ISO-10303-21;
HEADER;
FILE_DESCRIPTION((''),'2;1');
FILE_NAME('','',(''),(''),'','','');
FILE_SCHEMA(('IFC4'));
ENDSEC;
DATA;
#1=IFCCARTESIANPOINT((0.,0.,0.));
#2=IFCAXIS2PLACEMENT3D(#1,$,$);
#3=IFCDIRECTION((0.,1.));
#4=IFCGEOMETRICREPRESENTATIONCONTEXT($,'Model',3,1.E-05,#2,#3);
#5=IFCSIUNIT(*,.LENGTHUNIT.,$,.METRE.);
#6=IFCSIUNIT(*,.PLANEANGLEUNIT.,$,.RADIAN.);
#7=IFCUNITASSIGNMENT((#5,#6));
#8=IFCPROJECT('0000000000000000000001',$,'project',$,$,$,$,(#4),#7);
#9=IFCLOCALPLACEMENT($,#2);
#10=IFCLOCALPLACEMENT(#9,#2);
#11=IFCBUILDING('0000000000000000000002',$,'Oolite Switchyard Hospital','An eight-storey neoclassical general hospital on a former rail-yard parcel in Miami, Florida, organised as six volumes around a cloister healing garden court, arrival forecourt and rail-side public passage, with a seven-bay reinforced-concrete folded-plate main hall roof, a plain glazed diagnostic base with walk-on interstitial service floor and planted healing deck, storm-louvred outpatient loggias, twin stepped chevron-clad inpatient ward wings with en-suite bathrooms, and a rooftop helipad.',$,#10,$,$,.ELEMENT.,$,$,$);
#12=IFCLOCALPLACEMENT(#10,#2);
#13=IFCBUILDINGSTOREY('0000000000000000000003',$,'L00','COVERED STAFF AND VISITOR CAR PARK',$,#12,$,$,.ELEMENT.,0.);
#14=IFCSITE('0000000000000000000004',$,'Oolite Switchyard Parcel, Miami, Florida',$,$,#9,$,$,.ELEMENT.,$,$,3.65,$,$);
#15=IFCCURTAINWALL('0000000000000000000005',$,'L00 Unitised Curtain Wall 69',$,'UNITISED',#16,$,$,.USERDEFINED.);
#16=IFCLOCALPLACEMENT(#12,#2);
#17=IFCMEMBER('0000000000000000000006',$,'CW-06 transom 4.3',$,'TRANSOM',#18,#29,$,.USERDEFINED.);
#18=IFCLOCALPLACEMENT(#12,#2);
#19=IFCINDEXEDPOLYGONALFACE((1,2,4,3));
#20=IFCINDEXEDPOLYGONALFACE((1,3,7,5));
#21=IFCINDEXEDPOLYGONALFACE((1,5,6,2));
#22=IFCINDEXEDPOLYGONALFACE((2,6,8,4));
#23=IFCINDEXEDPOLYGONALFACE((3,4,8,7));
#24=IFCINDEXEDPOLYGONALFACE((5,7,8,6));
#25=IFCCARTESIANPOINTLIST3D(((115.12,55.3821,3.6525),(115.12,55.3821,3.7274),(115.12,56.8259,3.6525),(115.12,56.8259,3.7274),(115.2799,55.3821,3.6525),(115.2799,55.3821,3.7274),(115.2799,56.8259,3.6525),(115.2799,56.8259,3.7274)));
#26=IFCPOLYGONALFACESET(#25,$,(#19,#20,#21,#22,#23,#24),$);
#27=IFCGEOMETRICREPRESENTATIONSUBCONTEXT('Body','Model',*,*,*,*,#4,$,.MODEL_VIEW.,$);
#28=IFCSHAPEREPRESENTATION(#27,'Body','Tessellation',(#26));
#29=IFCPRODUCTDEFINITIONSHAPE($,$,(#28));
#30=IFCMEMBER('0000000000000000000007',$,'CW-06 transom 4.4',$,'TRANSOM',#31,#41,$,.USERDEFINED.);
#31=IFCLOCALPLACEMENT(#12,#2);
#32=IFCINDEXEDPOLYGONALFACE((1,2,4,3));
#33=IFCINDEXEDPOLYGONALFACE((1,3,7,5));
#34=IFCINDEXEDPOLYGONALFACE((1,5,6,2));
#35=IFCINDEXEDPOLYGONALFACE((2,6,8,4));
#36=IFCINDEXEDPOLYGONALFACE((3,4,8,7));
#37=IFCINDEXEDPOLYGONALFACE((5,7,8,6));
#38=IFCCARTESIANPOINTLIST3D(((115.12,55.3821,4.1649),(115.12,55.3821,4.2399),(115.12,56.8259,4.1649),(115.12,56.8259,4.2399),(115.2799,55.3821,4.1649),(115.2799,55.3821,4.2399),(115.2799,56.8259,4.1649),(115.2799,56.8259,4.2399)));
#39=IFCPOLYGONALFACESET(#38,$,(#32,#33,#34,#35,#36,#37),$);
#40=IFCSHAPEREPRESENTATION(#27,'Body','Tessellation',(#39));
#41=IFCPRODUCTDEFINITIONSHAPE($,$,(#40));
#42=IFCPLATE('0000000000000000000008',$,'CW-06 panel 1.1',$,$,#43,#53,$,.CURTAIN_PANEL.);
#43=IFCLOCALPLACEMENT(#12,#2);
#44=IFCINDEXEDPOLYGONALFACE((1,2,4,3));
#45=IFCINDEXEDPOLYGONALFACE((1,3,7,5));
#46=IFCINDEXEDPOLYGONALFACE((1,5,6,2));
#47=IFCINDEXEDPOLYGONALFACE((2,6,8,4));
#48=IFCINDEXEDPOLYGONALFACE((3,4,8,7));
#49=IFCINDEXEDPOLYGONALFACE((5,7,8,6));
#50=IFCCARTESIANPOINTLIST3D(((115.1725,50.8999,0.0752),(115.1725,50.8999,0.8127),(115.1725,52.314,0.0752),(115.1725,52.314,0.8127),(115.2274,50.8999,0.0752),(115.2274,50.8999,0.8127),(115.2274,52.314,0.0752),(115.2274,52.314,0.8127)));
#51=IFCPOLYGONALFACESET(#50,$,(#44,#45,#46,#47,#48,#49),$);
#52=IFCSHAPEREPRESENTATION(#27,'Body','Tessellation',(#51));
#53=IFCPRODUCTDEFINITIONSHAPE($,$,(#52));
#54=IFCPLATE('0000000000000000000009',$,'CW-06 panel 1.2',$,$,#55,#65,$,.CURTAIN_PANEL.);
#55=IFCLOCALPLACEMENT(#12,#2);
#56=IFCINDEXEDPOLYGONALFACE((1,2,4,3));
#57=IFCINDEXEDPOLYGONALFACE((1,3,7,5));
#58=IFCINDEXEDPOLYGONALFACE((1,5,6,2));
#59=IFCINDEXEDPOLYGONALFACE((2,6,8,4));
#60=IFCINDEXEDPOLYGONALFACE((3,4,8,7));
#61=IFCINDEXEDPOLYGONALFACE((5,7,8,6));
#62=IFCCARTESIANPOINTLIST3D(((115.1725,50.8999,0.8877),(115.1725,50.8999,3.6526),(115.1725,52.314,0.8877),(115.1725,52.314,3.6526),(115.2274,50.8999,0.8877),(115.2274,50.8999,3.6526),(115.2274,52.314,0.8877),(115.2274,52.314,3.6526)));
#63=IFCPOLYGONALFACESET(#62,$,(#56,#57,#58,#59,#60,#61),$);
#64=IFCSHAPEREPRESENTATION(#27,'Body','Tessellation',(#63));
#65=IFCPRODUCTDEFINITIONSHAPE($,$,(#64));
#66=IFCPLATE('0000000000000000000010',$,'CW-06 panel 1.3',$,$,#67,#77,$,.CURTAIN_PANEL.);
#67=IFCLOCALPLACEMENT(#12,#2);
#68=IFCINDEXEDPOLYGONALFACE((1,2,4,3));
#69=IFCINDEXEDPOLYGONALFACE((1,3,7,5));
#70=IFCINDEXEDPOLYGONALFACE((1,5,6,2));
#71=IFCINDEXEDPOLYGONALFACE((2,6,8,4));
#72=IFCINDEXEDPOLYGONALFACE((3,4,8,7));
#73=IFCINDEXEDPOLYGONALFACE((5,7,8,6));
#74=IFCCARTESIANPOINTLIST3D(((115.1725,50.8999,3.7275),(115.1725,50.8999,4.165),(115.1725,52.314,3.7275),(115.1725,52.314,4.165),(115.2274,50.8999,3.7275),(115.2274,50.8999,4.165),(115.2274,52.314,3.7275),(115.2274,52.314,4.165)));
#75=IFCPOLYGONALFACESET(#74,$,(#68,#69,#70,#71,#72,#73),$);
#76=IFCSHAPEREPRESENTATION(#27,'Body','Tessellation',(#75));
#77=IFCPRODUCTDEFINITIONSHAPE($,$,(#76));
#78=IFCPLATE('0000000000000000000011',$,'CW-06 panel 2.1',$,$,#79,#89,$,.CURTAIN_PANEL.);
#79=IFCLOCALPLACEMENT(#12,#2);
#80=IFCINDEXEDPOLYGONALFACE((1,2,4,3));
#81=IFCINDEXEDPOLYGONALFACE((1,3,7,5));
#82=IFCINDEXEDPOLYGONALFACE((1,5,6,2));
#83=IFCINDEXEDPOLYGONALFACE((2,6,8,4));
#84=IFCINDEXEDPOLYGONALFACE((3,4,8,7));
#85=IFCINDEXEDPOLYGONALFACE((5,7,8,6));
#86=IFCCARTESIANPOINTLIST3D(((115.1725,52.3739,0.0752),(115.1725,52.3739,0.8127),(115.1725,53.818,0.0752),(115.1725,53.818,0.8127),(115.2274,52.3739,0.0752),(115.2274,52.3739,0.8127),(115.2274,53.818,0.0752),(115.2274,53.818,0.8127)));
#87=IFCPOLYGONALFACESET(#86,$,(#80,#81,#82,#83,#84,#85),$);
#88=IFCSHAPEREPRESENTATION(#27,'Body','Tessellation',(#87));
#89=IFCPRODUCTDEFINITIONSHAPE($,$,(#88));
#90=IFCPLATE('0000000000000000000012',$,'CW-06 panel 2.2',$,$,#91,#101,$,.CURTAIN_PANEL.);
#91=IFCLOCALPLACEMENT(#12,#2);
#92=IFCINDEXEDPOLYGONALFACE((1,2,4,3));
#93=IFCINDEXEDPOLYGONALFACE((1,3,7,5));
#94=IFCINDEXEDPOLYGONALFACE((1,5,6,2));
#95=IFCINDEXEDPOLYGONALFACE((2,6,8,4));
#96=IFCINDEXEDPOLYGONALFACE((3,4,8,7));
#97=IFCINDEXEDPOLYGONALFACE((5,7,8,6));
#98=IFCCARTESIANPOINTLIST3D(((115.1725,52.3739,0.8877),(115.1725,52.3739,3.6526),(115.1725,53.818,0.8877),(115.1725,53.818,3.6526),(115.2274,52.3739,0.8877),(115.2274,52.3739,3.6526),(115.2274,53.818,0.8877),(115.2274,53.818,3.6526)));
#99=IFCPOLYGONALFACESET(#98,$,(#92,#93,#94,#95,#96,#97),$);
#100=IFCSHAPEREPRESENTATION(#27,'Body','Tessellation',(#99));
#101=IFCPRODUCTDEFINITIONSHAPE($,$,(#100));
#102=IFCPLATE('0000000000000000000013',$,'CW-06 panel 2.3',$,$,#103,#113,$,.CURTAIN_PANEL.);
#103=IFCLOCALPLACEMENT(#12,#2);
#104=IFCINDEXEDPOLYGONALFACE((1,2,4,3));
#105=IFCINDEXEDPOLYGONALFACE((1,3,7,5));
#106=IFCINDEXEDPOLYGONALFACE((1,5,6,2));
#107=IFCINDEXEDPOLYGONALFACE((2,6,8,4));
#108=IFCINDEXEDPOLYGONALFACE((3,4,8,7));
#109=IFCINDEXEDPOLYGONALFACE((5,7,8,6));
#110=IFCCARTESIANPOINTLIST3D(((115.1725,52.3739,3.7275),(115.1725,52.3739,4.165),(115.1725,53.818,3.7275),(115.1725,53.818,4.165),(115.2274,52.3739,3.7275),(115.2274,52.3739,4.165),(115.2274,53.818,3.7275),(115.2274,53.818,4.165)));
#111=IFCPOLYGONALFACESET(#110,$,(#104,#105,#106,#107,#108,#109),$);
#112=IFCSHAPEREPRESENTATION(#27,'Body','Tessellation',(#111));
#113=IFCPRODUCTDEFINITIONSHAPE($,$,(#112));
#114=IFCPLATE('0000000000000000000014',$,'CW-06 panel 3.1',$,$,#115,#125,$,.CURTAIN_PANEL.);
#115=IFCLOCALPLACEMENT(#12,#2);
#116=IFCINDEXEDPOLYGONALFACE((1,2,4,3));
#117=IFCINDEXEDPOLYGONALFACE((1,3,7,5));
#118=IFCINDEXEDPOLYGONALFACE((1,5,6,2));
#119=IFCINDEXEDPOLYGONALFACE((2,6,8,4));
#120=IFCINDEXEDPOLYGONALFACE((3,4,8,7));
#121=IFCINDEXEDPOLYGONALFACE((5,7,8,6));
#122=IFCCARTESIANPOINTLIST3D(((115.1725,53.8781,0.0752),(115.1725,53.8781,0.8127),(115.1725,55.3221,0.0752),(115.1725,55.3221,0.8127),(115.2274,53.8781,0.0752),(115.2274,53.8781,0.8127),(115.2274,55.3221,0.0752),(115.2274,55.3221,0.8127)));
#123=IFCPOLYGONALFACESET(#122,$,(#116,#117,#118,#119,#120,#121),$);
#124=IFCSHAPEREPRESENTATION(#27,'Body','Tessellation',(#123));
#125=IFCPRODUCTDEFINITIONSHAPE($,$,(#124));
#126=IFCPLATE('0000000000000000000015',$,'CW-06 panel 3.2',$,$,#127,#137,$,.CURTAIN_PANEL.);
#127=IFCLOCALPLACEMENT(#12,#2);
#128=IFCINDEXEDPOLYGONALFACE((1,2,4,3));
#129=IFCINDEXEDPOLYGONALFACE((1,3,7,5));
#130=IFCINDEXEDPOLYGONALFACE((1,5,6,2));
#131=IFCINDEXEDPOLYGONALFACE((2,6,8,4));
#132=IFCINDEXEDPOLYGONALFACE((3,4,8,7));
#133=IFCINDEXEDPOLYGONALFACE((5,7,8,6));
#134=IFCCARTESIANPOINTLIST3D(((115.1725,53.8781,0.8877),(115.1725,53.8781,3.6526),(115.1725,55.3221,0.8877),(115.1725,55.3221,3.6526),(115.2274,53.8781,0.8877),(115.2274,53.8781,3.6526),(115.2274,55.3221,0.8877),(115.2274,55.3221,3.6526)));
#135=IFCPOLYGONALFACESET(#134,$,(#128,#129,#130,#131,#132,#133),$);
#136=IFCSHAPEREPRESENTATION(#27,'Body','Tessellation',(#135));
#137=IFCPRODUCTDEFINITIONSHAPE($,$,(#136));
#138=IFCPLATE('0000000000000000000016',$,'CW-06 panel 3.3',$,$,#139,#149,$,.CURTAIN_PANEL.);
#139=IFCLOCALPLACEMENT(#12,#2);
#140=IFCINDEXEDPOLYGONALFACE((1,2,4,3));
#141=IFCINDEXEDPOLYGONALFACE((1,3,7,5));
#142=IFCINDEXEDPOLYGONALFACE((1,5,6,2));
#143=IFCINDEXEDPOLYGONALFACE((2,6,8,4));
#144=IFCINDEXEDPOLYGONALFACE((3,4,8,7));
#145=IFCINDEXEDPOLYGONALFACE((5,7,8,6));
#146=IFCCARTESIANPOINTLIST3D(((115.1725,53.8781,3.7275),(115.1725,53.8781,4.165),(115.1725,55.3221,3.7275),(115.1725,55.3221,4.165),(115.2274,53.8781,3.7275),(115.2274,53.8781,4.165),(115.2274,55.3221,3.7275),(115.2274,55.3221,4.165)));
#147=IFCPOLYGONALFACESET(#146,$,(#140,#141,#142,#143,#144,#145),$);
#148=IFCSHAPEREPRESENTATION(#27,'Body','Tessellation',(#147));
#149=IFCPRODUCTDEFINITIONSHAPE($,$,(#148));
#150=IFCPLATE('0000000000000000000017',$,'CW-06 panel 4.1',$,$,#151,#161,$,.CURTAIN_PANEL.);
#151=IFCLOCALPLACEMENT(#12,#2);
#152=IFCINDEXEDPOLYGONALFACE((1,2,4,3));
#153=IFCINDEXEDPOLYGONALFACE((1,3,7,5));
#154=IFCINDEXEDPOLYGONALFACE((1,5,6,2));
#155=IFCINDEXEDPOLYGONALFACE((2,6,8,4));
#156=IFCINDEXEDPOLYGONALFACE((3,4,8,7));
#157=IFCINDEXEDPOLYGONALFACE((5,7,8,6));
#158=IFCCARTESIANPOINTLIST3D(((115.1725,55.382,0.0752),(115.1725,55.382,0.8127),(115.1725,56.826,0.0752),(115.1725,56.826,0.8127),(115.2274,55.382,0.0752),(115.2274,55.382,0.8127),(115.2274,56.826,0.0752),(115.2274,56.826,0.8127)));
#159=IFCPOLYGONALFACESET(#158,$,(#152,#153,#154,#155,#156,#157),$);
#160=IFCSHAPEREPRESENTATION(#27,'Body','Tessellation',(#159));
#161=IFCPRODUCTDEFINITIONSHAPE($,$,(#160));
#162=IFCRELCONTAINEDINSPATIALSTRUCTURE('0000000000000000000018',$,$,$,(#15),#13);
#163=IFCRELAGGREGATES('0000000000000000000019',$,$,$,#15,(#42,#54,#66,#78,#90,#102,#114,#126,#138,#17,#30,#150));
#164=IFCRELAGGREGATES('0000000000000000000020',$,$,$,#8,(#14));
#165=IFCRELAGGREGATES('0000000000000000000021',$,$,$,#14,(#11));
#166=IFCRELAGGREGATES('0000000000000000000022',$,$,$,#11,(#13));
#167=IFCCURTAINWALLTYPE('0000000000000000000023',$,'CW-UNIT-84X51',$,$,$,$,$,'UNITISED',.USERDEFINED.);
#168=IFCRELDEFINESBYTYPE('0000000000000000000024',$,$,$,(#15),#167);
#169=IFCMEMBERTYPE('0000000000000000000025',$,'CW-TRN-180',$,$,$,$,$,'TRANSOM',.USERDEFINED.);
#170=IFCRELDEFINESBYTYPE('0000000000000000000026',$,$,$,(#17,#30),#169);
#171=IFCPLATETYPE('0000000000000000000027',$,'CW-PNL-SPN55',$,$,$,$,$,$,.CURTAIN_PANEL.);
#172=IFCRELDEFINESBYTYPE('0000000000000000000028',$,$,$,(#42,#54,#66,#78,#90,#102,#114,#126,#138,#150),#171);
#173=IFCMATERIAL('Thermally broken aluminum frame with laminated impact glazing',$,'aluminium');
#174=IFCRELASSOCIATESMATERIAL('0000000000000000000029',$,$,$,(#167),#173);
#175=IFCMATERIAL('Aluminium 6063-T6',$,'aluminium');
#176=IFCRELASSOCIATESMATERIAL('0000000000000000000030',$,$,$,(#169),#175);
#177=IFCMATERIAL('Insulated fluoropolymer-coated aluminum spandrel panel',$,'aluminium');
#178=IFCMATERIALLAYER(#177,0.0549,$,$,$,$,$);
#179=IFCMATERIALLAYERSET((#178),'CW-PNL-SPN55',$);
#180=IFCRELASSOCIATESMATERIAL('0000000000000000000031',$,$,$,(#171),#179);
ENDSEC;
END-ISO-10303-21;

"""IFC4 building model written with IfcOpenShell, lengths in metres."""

from ifc_helpers import new_model, si_unit, direction, frame, origin, origin_2d, place, context, subcontext, project, spatial, rectangle, extrude, material, layer, layer_set, material_profile, profile_set, type_object, element, aggregate, save


model = new_model("IFC4")

# Units and contexts
model_context = context("Model", 3, precision=1e-05, world=origin(), true_north=direction((0.0, 1.0)))
body_context = subcontext(model_context, "Body", "Model", "MODEL_VIEW")
ifc_project = project(units=[si_unit("LENGTHUNIT", "METRE"), si_unit("PLANEANGLEUNIT", "RADIAN")], contexts=[model_context])

# Site, building, storey
site_placement = place(None, origin())
site = spatial("IfcSite", under=ifc_project, at=site_placement, Name="Oolite Switchyard Parcel, Miami, Florida", CompositionType="ELEMENT", RefElevation=3.65)
building_placement = place(site_placement, origin())
building = spatial("IfcBuilding", under=site, at=building_placement, Name="Oolite Switchyard Hospital", Description="An eight-storey neoclassical general hospital on a former rail-yard parcel in Miami, Florida, organised as six volumes around a cloister healing garden court, arrival forecourt and rail-side public passage, with a seven-bay reinforced-concrete folded-plate main hall roof, a plain glazed diagnostic base with walk-on interstitial service floor and planted healing deck, storm-louvred outpatient loggias, twin stepped chevron-clad inpatient ward wings with en-suite bathrooms, and a rooftop helipad.", CompositionType="ELEMENT")
storey_placement = place(building_placement, origin())
storey = spatial("IfcBuildingStorey", under=building, at=storey_placement, Name="L00", Description="COVERED STAFF AND VISITOR CAR PARK", CompositionType="ELEMENT", Elevation=0.0)

# Curtain wall, members, plates
ifc_material_1 = material(Name="Thermally broken aluminum frame with laminated impact glazing", Category="aluminium")
curtain_wall_type = type_object("IfcCurtainWallType", Name="CW-UNIT-84X51", ElementType="UNITISED", PredefinedType="USERDEFINED", material=ifc_material_1)
curtain_wall_placement = place(storey_placement, origin())
curtain_wall = element("IfcCurtainWall", 1, at=curtain_wall_placement, inside=storey, type_object=curtain_wall_type, Name="L00 Unitised Curtain Wall 69", ObjectType="UNITISED", PredefinedType="USERDEFINED")
ifc_material_2 = material(Name="Aluminium 6063-T6", Category="aluminium")
ifc_material_profile_1 = material_profile(ifc_material_2, rectangle(XDim=0.1599, YDim=0.075, at=origin_2d()), Name="CWT75X160")
ifc_profile_set_1 = profile_set([ifc_material_profile_1], Name="Aluminium 6063-T6")
member_type_1 = type_object("IfcMemberType", Name="CW-TRN-180", ElementType="TRANSOM", PredefinedType="USERDEFINED", material=ifc_profile_set_1)
member_1_placement = place(storey_placement, frame((115.2, 55.3821, 3.6899), z_axis=(0.0, 1.0, 0.0), x_axis=(-1.0, 0.0, 0.0)))
member_1 = element("IfcMember", 2, at=member_1_placement, type_object=member_type_1, Name="CW-06 transom 4.3", ObjectType="TRANSOM", PredefinedType="USERDEFINED", context=body_context, shape_type="SweptSolid", body=[
    extrude(rectangle(XDim=0.1599, YDim=0.075, at=origin_2d()), origin(), (0.0, 0.0, 1.0), 1.4438),
])
member_2_placement = place(storey_placement, frame((115.2, 55.3821, 4.2024), z_axis=(0.0, 1.0, 0.0), x_axis=(-1.0, 0.0, 0.0)))
member_2 = element("IfcMember", 3, at=member_2_placement, type_object=member_type_1, Name="CW-06 transom 4.4", ObjectType="TRANSOM", PredefinedType="USERDEFINED", context=body_context, shape_type="SweptSolid", body=[
    extrude(rectangle(XDim=0.1599, YDim=0.075, at=origin_2d()), origin(), (0.0, 0.0, 1.0), 1.4438),
])
ifc_material_3 = material(Name="Insulated fluoropolymer-coated aluminum spandrel panel", Category="aluminium")
ifc_layer = layer(ifc_material_3, 0.0549)
ifc_layer_set = layer_set([ifc_layer], Name="CW-PNL-SPN55")
plate_type = type_object("IfcPlateType", Name="CW-PNL-SPN55", PredefinedType="CURTAIN_PANEL", material=ifc_layer_set)
plate_1_placement = place(storey_placement, frame((115.2, 51.6069, 0.0752), z_axis=(0.0, 0.0, 1.0), x_axis=(0.0, 1.0, 0.0)))
plate_1 = element("IfcPlate", 4, at=plate_1_placement, type_object=plate_type, Name="CW-06 panel 1.1", PredefinedType="CURTAIN_PANEL", context=body_context, shape_type="SweptSolid", body=[
    extrude(rectangle(XDim=1.4141, YDim=0.0549, at=origin_2d()), origin(), (0.0, 0.0, 1.0), 0.7375),
])
plate_2_placement = place(storey_placement, frame((115.2, 51.6069, 0.8877), z_axis=(0.0, 0.0, 1.0), x_axis=(0.0, 1.0, 0.0)))
plate_2 = element("IfcPlate", 5, at=plate_2_placement, type_object=plate_type, Name="CW-06 panel 1.2", PredefinedType="CURTAIN_PANEL", context=body_context, shape_type="SweptSolid", body=[
    extrude(rectangle(XDim=1.4141, YDim=0.0549, at=origin_2d()), origin(), (0.0, 0.0, 1.0), 2.7649),
])
plate_3_placement = place(storey_placement, frame((115.2, 51.6069, 3.7275), z_axis=(0.0, 0.0, 1.0), x_axis=(0.0, 1.0, 0.0)))
plate_3 = element("IfcPlate", 6, at=plate_3_placement, type_object=plate_type, Name="CW-06 panel 1.3", PredefinedType="CURTAIN_PANEL", context=body_context, shape_type="SweptSolid", body=[
    extrude(rectangle(XDim=1.4141, YDim=0.0549, at=origin_2d()), origin(), (0.0, 0.0, 1.0), 0.4375),
])
plate_4_placement = place(storey_placement, frame((115.2, 53.0959, 0.0752), z_axis=(0.0, 0.0, 1.0), x_axis=(0.0, 1.0, 0.0)))
plate_4 = element("IfcPlate", 7, at=plate_4_placement, type_object=plate_type, Name="CW-06 panel 2.1", PredefinedType="CURTAIN_PANEL", context=body_context, shape_type="SweptSolid", body=[
    extrude(rectangle(XDim=1.4441, YDim=0.0549, at=origin_2d()), origin(), (0.0, 0.0, 1.0), 0.7375),
])
plate_5_placement = place(storey_placement, frame((115.2, 53.0959, 0.8877), z_axis=(0.0, 0.0, 1.0), x_axis=(0.0, 1.0, 0.0)))
plate_5 = element("IfcPlate", 8, at=plate_5_placement, type_object=plate_type, Name="CW-06 panel 2.2", PredefinedType="CURTAIN_PANEL", context=body_context, shape_type="SweptSolid", body=[
    extrude(rectangle(XDim=1.4441, YDim=0.0549, at=origin_2d()), origin(), (0.0, 0.0, 1.0), 2.7649),
])
plate_6_placement = place(storey_placement, frame((115.2, 53.0959, 3.7275), z_axis=(0.0, 0.0, 1.0), x_axis=(0.0, 1.0, 0.0)))
plate_6 = element("IfcPlate", 9, at=plate_6_placement, type_object=plate_type, Name="CW-06 panel 2.3", PredefinedType="CURTAIN_PANEL", context=body_context, shape_type="SweptSolid", body=[
    extrude(rectangle(XDim=1.4441, YDim=0.0549, at=origin_2d()), origin(), (0.0, 0.0, 1.0), 0.4375),
])
plate_7_placement = place(storey_placement, frame((115.2, 54.6001, 0.0752), z_axis=(0.0, 0.0, 1.0), x_axis=(0.0, 1.0, 0.0)))
plate_7 = element("IfcPlate", 10, at=plate_7_placement, type_object=plate_type, Name="CW-06 panel 3.1", PredefinedType="CURTAIN_PANEL", context=body_context, shape_type="SweptSolid", body=[
    extrude(rectangle(XDim=1.4441, YDim=0.0549, at=origin_2d()), origin(), (0.0, 0.0, 1.0), 0.7375),
])
plate_8_placement = place(storey_placement, frame((115.2, 54.6001, 0.8877), z_axis=(0.0, 0.0, 1.0), x_axis=(0.0, 1.0, 0.0)))
plate_8 = element("IfcPlate", 11, at=plate_8_placement, type_object=plate_type, Name="CW-06 panel 3.2", PredefinedType="CURTAIN_PANEL", context=body_context, shape_type="SweptSolid", body=[
    extrude(rectangle(XDim=1.4441, YDim=0.0549, at=origin_2d()), origin(), (0.0, 0.0, 1.0), 2.7649),
])
plate_9_placement = place(storey_placement, frame((115.2, 54.6001, 3.7275), z_axis=(0.0, 0.0, 1.0), x_axis=(0.0, 1.0, 0.0)))
plate_9 = element("IfcPlate", 12, at=plate_9_placement, type_object=plate_type, Name="CW-06 panel 3.3", PredefinedType="CURTAIN_PANEL", context=body_context, shape_type="SweptSolid", body=[
    extrude(rectangle(XDim=1.4441, YDim=0.0549, at=origin_2d()), origin(), (0.0, 0.0, 1.0), 0.4375),
])
plate_10_placement = place(storey_placement, frame((115.2, 56.104, 0.0752), z_axis=(0.0, 0.0, 1.0), x_axis=(0.0, 1.0, 0.0)))
plate_10 = element("IfcPlate", 13, at=plate_10_placement, type_object=plate_type, Name="CW-06 panel 4.1", PredefinedType="CURTAIN_PANEL", context=body_context, shape_type="SweptSolid", body=[
    extrude(rectangle(XDim=1.4441, YDim=0.0549, at=origin_2d()), origin(), (0.0, 0.0, 1.0), 0.7375),
])
aggregate(curtain_wall, [plate_1, plate_2, plate_3, plate_4, plate_5, plate_6, plate_7, plate_8, plate_9, member_1, member_2, plate_10])

save(model, "model.ifc")
